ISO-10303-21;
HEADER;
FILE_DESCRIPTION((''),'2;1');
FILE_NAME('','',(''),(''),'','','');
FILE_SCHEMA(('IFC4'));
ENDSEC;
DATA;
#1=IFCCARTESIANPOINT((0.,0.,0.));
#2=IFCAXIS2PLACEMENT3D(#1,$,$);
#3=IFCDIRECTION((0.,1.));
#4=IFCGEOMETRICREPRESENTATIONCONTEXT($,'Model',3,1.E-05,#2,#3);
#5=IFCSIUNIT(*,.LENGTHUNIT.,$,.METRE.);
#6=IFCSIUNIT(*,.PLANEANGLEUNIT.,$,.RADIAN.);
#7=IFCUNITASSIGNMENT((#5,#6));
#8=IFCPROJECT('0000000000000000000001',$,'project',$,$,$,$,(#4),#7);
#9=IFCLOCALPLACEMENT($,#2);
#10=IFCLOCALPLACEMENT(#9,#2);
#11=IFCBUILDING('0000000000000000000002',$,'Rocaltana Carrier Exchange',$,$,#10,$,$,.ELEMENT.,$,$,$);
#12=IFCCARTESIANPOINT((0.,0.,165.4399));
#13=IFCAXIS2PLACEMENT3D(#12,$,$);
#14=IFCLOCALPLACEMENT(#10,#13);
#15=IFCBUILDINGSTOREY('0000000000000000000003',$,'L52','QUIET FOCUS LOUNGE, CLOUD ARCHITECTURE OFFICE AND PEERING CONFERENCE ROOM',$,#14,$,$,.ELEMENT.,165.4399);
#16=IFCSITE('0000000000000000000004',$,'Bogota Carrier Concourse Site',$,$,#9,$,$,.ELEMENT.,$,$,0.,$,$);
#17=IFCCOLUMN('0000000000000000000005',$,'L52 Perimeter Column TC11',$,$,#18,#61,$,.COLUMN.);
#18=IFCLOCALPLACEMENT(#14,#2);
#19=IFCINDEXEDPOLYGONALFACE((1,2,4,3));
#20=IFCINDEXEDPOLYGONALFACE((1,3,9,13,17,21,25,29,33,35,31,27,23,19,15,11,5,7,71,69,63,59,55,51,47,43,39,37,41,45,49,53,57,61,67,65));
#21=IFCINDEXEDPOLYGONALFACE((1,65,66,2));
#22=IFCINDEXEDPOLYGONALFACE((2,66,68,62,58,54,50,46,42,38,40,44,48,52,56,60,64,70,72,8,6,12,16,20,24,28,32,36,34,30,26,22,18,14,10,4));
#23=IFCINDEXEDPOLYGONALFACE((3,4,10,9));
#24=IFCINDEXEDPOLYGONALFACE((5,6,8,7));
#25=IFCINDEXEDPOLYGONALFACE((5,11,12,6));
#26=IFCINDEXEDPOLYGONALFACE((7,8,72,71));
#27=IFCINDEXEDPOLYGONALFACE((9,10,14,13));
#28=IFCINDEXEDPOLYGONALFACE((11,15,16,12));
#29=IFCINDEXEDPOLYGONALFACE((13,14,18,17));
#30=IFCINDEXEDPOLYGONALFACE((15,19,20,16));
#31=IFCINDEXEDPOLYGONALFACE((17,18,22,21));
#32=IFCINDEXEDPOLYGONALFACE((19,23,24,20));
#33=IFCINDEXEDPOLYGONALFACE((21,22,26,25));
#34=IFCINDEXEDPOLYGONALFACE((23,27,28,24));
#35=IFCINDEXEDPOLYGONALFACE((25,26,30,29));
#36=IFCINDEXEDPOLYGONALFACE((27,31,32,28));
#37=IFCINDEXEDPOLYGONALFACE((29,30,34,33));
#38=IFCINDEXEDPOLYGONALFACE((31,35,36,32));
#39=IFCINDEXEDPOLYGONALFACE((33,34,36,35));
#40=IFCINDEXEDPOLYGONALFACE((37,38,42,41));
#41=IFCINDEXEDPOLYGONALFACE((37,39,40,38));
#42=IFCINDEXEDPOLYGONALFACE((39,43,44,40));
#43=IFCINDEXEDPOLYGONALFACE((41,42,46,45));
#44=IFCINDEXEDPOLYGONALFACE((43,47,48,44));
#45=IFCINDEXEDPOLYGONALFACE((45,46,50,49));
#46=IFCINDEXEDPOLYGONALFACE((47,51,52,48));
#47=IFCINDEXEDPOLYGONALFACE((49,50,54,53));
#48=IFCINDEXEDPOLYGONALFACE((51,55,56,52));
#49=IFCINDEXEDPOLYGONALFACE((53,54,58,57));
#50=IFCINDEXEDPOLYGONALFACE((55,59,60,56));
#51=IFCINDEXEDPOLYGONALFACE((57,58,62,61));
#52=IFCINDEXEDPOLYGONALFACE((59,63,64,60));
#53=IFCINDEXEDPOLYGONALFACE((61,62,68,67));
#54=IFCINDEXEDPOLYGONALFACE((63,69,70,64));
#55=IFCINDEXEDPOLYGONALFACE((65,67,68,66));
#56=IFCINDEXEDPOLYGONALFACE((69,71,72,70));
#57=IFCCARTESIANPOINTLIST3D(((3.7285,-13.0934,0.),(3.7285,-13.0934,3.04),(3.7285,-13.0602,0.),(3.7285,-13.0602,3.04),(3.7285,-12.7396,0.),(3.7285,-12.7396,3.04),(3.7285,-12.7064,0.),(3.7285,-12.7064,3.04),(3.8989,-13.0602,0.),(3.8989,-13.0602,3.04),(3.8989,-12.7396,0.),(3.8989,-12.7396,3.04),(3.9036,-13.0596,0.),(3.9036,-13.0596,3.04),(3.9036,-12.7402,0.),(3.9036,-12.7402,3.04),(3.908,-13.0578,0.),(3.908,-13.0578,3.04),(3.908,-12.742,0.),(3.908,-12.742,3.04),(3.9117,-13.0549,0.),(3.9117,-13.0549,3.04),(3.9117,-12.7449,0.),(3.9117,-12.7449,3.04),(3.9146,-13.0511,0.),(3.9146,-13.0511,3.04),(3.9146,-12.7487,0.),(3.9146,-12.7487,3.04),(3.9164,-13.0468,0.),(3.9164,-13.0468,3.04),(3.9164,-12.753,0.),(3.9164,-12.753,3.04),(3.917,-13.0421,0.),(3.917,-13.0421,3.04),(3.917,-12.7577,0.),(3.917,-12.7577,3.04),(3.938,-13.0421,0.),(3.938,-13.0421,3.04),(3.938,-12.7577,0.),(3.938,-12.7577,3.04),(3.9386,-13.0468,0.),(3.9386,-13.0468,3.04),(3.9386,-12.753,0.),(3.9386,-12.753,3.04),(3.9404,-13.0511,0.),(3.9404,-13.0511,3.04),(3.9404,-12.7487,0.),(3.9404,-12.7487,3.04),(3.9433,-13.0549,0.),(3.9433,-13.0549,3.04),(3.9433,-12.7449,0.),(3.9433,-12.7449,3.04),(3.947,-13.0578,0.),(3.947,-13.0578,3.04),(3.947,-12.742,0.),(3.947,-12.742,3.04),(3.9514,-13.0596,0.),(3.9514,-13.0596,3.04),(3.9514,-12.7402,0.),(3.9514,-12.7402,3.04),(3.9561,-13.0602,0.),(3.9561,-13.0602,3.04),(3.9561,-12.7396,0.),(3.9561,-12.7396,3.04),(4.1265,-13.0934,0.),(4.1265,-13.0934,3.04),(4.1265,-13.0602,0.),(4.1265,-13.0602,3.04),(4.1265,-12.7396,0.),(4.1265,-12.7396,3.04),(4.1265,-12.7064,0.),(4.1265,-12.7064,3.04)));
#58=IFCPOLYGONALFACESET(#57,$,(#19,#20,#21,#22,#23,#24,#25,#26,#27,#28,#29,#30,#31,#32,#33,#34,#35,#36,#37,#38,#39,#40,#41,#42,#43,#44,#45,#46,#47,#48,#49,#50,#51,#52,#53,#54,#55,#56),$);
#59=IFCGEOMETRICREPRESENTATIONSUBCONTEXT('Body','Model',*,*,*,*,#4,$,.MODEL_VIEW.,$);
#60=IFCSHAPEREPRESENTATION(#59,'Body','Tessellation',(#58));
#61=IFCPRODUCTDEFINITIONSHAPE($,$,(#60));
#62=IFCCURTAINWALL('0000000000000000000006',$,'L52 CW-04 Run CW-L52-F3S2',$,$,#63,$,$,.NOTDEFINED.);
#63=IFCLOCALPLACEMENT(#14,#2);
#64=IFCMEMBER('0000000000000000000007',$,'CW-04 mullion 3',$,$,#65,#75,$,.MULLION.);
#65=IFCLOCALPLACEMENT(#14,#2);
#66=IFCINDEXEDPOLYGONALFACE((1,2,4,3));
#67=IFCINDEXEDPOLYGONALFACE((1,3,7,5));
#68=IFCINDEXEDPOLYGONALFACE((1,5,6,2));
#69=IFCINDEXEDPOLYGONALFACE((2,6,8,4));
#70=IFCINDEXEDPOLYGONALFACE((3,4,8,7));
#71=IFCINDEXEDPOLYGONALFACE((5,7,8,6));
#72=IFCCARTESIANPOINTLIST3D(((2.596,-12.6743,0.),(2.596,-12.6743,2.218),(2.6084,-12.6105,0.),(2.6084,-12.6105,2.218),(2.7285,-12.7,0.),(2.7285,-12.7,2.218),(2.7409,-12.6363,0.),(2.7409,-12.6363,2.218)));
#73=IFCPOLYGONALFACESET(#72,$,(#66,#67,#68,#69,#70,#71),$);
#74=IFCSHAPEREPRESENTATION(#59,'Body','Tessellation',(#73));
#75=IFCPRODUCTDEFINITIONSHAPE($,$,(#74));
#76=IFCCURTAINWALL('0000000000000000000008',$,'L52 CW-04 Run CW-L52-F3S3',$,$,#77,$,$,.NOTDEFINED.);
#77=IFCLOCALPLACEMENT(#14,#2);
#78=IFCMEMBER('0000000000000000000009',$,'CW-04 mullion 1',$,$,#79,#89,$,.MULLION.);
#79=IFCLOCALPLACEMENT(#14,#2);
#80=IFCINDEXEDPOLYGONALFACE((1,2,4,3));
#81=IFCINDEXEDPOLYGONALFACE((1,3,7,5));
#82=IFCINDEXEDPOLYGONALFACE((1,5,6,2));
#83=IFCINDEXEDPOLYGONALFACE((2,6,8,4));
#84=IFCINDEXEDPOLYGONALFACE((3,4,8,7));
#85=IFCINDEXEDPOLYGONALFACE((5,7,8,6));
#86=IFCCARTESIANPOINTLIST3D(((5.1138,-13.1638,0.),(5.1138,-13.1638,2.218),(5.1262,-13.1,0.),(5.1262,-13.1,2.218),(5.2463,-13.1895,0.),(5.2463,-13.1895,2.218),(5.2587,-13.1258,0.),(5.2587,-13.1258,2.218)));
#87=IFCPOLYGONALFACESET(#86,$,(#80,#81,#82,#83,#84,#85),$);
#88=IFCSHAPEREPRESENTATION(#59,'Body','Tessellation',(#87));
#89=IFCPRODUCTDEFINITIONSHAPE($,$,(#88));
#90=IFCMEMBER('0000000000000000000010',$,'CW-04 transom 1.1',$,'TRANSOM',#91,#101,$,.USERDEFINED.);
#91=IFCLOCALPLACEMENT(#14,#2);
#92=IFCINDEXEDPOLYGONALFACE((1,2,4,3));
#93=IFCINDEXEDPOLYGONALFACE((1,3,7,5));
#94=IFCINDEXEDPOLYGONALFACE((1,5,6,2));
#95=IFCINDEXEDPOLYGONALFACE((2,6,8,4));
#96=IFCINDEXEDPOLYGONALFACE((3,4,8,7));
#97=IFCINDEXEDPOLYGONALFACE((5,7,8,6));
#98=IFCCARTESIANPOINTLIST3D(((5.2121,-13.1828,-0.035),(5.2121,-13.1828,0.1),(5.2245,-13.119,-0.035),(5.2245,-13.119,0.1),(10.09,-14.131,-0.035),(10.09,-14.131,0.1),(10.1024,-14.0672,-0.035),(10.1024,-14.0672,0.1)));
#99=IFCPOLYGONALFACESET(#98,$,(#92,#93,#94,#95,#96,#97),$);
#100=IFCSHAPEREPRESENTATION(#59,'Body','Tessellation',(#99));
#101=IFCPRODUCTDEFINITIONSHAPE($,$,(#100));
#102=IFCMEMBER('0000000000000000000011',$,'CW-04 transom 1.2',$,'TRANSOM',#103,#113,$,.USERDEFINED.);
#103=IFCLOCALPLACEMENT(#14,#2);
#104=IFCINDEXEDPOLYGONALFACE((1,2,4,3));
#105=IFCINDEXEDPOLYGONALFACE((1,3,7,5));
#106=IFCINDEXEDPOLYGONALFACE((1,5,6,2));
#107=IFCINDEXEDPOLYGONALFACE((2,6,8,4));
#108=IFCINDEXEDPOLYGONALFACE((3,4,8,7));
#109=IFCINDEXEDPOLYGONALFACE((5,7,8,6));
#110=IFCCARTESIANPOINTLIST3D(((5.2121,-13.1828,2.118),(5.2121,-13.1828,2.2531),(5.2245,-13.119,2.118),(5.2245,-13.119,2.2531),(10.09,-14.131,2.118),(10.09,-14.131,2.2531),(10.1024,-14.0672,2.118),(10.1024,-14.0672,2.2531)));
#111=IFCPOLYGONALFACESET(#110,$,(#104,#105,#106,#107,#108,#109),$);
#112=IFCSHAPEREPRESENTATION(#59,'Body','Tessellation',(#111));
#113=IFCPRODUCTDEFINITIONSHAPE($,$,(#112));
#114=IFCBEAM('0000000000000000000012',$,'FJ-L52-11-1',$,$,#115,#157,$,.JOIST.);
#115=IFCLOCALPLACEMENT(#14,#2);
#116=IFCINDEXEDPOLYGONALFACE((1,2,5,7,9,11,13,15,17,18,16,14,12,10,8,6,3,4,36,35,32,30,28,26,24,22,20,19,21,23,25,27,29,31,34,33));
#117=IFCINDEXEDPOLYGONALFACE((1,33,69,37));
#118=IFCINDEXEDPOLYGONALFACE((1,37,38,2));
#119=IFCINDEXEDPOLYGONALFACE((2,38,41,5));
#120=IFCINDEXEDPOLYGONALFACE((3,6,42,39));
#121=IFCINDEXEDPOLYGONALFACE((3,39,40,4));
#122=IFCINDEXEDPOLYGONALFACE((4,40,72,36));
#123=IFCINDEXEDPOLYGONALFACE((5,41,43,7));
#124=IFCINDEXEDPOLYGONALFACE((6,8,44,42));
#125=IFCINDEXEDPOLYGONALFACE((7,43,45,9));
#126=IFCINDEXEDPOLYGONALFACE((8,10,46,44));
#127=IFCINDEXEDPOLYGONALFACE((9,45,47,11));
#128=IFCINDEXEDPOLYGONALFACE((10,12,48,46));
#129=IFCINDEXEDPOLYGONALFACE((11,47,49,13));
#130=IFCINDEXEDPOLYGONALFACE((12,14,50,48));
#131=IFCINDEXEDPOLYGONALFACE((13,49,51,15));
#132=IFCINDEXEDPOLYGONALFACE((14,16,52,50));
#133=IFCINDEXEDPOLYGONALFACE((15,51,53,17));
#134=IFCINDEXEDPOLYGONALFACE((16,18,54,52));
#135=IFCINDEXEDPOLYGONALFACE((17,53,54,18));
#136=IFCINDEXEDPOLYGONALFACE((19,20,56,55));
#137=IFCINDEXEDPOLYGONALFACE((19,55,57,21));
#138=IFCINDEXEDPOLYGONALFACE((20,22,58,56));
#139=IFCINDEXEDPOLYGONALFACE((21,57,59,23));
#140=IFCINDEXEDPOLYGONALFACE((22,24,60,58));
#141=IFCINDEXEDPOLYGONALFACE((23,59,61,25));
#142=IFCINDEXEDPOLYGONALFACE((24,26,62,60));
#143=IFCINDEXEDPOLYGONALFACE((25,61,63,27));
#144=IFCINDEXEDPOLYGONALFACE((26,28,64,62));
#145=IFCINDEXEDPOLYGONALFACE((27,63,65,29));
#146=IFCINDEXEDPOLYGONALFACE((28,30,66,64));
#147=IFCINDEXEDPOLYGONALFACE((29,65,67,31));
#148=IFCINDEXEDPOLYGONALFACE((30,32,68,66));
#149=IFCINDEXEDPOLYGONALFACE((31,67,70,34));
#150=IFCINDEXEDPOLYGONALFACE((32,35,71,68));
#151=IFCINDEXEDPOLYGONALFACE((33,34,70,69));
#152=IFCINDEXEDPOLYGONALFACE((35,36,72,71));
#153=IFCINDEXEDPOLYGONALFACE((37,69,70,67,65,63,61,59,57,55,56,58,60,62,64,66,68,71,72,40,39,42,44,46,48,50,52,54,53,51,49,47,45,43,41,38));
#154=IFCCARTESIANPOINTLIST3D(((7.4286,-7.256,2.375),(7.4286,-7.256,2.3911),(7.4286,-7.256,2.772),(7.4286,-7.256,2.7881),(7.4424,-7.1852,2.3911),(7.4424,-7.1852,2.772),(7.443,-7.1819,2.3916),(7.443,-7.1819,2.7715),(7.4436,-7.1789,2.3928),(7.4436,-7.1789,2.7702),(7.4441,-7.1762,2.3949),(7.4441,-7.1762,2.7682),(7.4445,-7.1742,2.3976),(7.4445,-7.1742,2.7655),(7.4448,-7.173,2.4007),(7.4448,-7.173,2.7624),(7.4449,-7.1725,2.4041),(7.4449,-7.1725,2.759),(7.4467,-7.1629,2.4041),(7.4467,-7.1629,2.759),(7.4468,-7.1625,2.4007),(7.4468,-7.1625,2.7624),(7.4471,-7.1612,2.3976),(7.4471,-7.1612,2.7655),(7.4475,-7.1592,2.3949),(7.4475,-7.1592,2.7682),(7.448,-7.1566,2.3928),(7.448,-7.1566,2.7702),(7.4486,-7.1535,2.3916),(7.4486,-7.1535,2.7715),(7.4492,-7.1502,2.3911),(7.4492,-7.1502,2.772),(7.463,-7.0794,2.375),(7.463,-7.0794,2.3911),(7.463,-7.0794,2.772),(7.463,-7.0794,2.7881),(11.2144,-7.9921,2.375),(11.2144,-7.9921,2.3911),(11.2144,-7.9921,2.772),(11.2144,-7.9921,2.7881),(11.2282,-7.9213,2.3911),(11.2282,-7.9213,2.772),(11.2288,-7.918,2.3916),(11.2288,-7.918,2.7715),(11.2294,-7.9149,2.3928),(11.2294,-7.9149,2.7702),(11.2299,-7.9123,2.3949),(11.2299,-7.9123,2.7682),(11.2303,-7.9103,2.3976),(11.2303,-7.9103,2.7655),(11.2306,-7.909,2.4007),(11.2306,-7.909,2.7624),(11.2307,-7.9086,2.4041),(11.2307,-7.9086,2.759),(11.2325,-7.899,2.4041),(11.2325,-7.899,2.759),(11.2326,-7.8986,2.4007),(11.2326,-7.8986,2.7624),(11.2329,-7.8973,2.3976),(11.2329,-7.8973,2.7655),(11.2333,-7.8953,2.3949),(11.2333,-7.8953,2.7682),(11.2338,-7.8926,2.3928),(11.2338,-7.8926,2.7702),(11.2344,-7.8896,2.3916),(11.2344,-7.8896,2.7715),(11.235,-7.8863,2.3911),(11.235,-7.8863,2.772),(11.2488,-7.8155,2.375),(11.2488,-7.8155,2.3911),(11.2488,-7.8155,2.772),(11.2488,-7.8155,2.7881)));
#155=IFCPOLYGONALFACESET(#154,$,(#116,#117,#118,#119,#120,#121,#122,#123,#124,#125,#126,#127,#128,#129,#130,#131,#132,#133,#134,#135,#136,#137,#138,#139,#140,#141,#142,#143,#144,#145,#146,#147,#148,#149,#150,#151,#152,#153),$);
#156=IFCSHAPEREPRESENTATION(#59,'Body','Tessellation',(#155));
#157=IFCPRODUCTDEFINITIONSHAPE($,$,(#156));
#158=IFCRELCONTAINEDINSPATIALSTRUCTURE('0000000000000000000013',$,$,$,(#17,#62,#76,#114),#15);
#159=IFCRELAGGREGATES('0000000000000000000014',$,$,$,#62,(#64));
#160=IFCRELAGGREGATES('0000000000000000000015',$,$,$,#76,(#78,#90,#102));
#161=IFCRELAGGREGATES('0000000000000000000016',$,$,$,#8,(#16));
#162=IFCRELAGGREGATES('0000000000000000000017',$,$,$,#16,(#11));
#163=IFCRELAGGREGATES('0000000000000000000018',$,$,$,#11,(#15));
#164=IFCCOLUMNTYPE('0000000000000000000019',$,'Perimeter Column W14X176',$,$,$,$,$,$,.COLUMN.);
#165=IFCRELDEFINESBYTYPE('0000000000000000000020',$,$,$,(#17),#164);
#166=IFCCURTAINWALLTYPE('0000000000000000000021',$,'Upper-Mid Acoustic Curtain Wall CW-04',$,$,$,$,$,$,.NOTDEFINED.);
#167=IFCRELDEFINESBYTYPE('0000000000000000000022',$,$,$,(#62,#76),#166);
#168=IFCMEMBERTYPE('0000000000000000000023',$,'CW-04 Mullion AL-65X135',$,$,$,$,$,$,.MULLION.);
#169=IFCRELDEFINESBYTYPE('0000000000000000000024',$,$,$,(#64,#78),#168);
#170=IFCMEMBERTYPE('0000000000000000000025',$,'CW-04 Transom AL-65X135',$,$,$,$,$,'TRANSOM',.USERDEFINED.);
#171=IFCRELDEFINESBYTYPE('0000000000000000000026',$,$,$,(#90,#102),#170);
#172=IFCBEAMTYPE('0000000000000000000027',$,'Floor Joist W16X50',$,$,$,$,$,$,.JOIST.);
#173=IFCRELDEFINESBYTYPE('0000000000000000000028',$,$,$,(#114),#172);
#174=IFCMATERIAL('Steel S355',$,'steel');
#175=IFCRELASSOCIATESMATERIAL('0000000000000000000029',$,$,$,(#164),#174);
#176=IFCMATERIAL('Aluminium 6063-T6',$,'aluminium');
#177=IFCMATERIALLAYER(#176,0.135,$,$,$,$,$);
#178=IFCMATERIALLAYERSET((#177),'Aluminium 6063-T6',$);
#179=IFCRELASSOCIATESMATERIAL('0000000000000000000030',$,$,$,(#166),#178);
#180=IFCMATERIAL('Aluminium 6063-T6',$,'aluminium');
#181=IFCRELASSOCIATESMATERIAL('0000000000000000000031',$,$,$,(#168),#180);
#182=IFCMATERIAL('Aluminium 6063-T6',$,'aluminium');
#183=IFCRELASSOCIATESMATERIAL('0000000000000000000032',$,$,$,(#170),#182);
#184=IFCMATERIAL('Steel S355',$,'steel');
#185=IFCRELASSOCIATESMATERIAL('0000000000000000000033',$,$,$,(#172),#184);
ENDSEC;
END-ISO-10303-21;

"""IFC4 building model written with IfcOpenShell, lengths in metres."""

from ifc_helpers import new_model, si_unit, direction, frame, origin, origin_2d, place, context, subcontext, project, spatial, rectangle, i_section, extrude, material, layer, layer_set, material_profile, profile_set, type_object, element, aggregate, save


model = new_model("IFC4")

# Units and contexts
model_context = context("Model", 3, precision=1e-05, world=origin(), true_north=direction((0.0, 1.0)))
body_context = subcontext(model_context, "Body", "Model", "MODEL_VIEW")
ifc_project = project(units=[si_unit("LENGTHUNIT", "METRE"), si_unit("PLANEANGLEUNIT", "RADIAN")], contexts=[model_context])

# Site, building, storey
site_placement = place(None, origin())
site = spatial("IfcSite", under=ifc_project, at=site_placement, Name="Bogota Carrier Concourse Site", CompositionType="ELEMENT", RefElevation=0.0)
building_placement = place(site_placement, origin())
building = spatial("IfcBuilding", under=site, at=building_placement, Name="Rocaltana Carrier Exchange", CompositionType="ELEMENT")
storey_placement = place(building_placement, frame((0.0, 0.0, 165.4399)))
storey = spatial("IfcBuildingStorey", under=building, at=storey_placement, Name="L52", Description="QUIET FOCUS LOUNGE, CLOUD ARCHITECTURE OFFICE AND PEERING CONFERENCE ROOM", CompositionType="ELEMENT", Elevation=165.4399)

# Column
ifc_material_1 = material(Name="Steel S355", Category="steel")
ifc_material_profile_1 = material_profile(ifc_material_1, i_section(OverallWidth=0.3979, OverallDepth=0.387, WebThickness=0.021, FlangeThickness=0.0332, FilletRadius=0.0181, at=origin_2d()), Name="W14X176")
ifc_profile_set_1 = profile_set([ifc_material_profile_1], Name="Steel S355")
column_type = type_object("IfcColumnType", Name="Perimeter Column W14X176", PredefinedType="COLUMN", material=ifc_profile_set_1)
column_placement = place(storey_placement, frame((3.9275, -12.8999, 0.0), z_axis=(0.0, 0.0, 1.0), x_axis=(1.0, 0.0, 0.0)))
element("IfcColumn", 1, at=column_placement, inside=storey, type_object=column_type, Name="L52 Perimeter Column TC11", PredefinedType="COLUMN", context=body_context, shape_type="SweptSolid", body=[
    extrude(i_section(OverallWidth=0.3979, OverallDepth=0.387, WebThickness=0.021, FlangeThickness=0.0332, FilletRadius=0.0181, at=origin_2d()), origin(), (0.0, 0.0, 1.0), 3.04),
])

# Curtain wall, member
ifc_material_2 = material(Name="Aluminium 6063-T6", Category="aluminium")
ifc_layer_1 = layer(ifc_material_2, 0.135)
ifc_layer_set_1 = layer_set([ifc_layer_1], Name="Aluminium 6063-T6")
curtain_wall_type = type_object("IfcCurtainWallType", Name="Upper-Mid Acoustic Curtain Wall CW-04", PredefinedType="NOTDEFINED", material=ifc_layer_set_1)
curtain_wall_1_placement = place(storey_placement, origin())
curtain_wall_1 = element("IfcCurtainWall", 2, at=curtain_wall_1_placement, inside=storey, type_object=curtain_wall_type, Name="L52 CW-04 Run CW-L52-F3S2", PredefinedType="NOTDEFINED")
ifc_material_3 = material(Name="Aluminium 6063-T6", Category="aluminium")
ifc_material_profile_2 = material_profile(ifc_material_3, rectangle(XDim=0.0649, YDim=0.135, at=origin_2d()), Name="AL-65X135")
ifc_profile_set_2 = profile_set([ifc_material_profile_2], Name="Aluminium 6063-T6")
member_type_1 = type_object("IfcMemberType", Name="CW-04 Mullion AL-65X135", PredefinedType="MULLION", material=ifc_profile_set_2)
member_1_placement = place(storey_placement, frame((2.6685, -12.6553, 0.0), z_axis=(0.0, 0.0, 1.0), x_axis=(0.190815, 0.981626, 0.0)))
member_1 = element("IfcMember", 3, at=member_1_placement, type_object=member_type_1, Name="CW-04 mullion 3", PredefinedType="MULLION", context=body_context, shape_type="SweptSolid", body=[
    extrude(rectangle(XDim=0.0649, YDim=0.135, at=origin_2d()), origin(), (0.0, 0.0, 1.0), 2.218),
])

# Curtain wall, members
curtain_wall_2_placement = place(storey_placement, origin())
curtain_wall_2 = element("IfcCurtainWall", 4, at=curtain_wall_2_placement, inside=storey, type_object=curtain_wall_type, Name="L52 CW-04 Run CW-L52-F3S3", PredefinedType="NOTDEFINED")
member_2_placement = place(storey_placement, frame((5.1863, -13.1448, 0.0), z_axis=(0.0, 0.0, 1.0), x_axis=(0.190805, 0.981628, 0.0)))
member_2 = element("IfcMember", 5, at=member_2_placement, type_object=member_type_1, Name="CW-04 mullion 1", PredefinedType="MULLION", context=body_context, shape_type="SweptSolid", body=[
    extrude(rectangle(XDim=0.0649, YDim=0.135, at=origin_2d()), origin(), (0.0, 0.0, 1.0), 2.218),
])
ifc_material_4 = material(Name="Aluminium 6063-T6", Category="aluminium")
ifc_material_profile_3 = material_profile(ifc_material_4, rectangle(XDim=0.0649, YDim=0.135, at=origin_2d()), Name="AL-65X135")
ifc_profile_set_3 = profile_set([ifc_material_profile_3], Name="Aluminium 6063-T6")
member_type_2 = type_object("IfcMemberType", Name="CW-04 Transom AL-65X135", ElementType="TRANSOM", PredefinedType="USERDEFINED", material=ifc_profile_set_3)
member_3_placement = place(storey_placement, frame((5.2183, -13.1509, 0.0325), z_axis=(0.981625, -0.190822, 0.0), x_axis=(0.190822, 0.981625, 0.0)))
member_3 = element("IfcMember", 6, at=member_3_placement, type_object=member_type_2, Name="CW-04 transom 1.1", ObjectType="TRANSOM", PredefinedType="USERDEFINED", context=body_context, shape_type="SweptSolid", body=[
    extrude(rectangle(XDim=0.0649, YDim=0.135, at=origin_2d()), origin(), (0.0, 0.0, 1.0), 4.9692),
])
member_4_placement = place(storey_placement, frame((5.2183, -13.1509, 2.1855), z_axis=(0.981625, -0.190822, 0.0), x_axis=(0.190822, 0.981625, 0.0)))
member_4 = element("IfcMember", 7, at=member_4_placement, type_object=member_type_2, Name="CW-04 transom 1.2", ObjectType="TRANSOM", PredefinedType="USERDEFINED", context=body_context, shape_type="SweptSolid", body=[
    extrude(rectangle(XDim=0.0649, YDim=0.135, at=origin_2d()), origin(), (0.0, 0.0, 1.0), 4.9692),
])

# Beam
ifc_material_5 = material(Name="Steel S355", Category="steel")
ifc_material_profile_4 = material_profile(ifc_material_5, i_section(OverallWidth=0.1799, OverallDepth=0.4131, WebThickness=0.0098, FlangeThickness=0.0161, FilletRadius=0.0129, at=origin_2d()), Name="W16X50")
ifc_profile_set_4 = profile_set([ifc_material_profile_4], Name="Steel S355")
beam_type_1 = type_object("IfcBeamType", Name="Floor Joist W16X50", PredefinedType="JOIST", material=ifc_profile_set_4)
beam_1_placement = place(storey_placement, frame((7.4458, -7.1677, 2.5815), z_axis=(0.981618, -0.190854, 0.0), x_axis=(0.190854, 0.981618, 0.0)))
element("IfcBeam", 8, at=beam_1_placement, inside=storey, type_object=beam_type_1, Name="FJ-L52-11-1", PredefinedType="JOIST", context=body_context, shape_type="SweptSolid", body=[
    extrude(i_section(OverallWidth=0.1799, OverallDepth=0.4131, WebThickness=0.0098, FlangeThickness=0.0161, FilletRadius=0.0129, at=origin_2d()), origin(), (0.0, 0.0, 1.0), 3.8567),
])

aggregate(curtain_wall_1, [member_1])
aggregate(curtain_wall_2, [member_2, member_3, member_4])

save(model, "model.ifc")
